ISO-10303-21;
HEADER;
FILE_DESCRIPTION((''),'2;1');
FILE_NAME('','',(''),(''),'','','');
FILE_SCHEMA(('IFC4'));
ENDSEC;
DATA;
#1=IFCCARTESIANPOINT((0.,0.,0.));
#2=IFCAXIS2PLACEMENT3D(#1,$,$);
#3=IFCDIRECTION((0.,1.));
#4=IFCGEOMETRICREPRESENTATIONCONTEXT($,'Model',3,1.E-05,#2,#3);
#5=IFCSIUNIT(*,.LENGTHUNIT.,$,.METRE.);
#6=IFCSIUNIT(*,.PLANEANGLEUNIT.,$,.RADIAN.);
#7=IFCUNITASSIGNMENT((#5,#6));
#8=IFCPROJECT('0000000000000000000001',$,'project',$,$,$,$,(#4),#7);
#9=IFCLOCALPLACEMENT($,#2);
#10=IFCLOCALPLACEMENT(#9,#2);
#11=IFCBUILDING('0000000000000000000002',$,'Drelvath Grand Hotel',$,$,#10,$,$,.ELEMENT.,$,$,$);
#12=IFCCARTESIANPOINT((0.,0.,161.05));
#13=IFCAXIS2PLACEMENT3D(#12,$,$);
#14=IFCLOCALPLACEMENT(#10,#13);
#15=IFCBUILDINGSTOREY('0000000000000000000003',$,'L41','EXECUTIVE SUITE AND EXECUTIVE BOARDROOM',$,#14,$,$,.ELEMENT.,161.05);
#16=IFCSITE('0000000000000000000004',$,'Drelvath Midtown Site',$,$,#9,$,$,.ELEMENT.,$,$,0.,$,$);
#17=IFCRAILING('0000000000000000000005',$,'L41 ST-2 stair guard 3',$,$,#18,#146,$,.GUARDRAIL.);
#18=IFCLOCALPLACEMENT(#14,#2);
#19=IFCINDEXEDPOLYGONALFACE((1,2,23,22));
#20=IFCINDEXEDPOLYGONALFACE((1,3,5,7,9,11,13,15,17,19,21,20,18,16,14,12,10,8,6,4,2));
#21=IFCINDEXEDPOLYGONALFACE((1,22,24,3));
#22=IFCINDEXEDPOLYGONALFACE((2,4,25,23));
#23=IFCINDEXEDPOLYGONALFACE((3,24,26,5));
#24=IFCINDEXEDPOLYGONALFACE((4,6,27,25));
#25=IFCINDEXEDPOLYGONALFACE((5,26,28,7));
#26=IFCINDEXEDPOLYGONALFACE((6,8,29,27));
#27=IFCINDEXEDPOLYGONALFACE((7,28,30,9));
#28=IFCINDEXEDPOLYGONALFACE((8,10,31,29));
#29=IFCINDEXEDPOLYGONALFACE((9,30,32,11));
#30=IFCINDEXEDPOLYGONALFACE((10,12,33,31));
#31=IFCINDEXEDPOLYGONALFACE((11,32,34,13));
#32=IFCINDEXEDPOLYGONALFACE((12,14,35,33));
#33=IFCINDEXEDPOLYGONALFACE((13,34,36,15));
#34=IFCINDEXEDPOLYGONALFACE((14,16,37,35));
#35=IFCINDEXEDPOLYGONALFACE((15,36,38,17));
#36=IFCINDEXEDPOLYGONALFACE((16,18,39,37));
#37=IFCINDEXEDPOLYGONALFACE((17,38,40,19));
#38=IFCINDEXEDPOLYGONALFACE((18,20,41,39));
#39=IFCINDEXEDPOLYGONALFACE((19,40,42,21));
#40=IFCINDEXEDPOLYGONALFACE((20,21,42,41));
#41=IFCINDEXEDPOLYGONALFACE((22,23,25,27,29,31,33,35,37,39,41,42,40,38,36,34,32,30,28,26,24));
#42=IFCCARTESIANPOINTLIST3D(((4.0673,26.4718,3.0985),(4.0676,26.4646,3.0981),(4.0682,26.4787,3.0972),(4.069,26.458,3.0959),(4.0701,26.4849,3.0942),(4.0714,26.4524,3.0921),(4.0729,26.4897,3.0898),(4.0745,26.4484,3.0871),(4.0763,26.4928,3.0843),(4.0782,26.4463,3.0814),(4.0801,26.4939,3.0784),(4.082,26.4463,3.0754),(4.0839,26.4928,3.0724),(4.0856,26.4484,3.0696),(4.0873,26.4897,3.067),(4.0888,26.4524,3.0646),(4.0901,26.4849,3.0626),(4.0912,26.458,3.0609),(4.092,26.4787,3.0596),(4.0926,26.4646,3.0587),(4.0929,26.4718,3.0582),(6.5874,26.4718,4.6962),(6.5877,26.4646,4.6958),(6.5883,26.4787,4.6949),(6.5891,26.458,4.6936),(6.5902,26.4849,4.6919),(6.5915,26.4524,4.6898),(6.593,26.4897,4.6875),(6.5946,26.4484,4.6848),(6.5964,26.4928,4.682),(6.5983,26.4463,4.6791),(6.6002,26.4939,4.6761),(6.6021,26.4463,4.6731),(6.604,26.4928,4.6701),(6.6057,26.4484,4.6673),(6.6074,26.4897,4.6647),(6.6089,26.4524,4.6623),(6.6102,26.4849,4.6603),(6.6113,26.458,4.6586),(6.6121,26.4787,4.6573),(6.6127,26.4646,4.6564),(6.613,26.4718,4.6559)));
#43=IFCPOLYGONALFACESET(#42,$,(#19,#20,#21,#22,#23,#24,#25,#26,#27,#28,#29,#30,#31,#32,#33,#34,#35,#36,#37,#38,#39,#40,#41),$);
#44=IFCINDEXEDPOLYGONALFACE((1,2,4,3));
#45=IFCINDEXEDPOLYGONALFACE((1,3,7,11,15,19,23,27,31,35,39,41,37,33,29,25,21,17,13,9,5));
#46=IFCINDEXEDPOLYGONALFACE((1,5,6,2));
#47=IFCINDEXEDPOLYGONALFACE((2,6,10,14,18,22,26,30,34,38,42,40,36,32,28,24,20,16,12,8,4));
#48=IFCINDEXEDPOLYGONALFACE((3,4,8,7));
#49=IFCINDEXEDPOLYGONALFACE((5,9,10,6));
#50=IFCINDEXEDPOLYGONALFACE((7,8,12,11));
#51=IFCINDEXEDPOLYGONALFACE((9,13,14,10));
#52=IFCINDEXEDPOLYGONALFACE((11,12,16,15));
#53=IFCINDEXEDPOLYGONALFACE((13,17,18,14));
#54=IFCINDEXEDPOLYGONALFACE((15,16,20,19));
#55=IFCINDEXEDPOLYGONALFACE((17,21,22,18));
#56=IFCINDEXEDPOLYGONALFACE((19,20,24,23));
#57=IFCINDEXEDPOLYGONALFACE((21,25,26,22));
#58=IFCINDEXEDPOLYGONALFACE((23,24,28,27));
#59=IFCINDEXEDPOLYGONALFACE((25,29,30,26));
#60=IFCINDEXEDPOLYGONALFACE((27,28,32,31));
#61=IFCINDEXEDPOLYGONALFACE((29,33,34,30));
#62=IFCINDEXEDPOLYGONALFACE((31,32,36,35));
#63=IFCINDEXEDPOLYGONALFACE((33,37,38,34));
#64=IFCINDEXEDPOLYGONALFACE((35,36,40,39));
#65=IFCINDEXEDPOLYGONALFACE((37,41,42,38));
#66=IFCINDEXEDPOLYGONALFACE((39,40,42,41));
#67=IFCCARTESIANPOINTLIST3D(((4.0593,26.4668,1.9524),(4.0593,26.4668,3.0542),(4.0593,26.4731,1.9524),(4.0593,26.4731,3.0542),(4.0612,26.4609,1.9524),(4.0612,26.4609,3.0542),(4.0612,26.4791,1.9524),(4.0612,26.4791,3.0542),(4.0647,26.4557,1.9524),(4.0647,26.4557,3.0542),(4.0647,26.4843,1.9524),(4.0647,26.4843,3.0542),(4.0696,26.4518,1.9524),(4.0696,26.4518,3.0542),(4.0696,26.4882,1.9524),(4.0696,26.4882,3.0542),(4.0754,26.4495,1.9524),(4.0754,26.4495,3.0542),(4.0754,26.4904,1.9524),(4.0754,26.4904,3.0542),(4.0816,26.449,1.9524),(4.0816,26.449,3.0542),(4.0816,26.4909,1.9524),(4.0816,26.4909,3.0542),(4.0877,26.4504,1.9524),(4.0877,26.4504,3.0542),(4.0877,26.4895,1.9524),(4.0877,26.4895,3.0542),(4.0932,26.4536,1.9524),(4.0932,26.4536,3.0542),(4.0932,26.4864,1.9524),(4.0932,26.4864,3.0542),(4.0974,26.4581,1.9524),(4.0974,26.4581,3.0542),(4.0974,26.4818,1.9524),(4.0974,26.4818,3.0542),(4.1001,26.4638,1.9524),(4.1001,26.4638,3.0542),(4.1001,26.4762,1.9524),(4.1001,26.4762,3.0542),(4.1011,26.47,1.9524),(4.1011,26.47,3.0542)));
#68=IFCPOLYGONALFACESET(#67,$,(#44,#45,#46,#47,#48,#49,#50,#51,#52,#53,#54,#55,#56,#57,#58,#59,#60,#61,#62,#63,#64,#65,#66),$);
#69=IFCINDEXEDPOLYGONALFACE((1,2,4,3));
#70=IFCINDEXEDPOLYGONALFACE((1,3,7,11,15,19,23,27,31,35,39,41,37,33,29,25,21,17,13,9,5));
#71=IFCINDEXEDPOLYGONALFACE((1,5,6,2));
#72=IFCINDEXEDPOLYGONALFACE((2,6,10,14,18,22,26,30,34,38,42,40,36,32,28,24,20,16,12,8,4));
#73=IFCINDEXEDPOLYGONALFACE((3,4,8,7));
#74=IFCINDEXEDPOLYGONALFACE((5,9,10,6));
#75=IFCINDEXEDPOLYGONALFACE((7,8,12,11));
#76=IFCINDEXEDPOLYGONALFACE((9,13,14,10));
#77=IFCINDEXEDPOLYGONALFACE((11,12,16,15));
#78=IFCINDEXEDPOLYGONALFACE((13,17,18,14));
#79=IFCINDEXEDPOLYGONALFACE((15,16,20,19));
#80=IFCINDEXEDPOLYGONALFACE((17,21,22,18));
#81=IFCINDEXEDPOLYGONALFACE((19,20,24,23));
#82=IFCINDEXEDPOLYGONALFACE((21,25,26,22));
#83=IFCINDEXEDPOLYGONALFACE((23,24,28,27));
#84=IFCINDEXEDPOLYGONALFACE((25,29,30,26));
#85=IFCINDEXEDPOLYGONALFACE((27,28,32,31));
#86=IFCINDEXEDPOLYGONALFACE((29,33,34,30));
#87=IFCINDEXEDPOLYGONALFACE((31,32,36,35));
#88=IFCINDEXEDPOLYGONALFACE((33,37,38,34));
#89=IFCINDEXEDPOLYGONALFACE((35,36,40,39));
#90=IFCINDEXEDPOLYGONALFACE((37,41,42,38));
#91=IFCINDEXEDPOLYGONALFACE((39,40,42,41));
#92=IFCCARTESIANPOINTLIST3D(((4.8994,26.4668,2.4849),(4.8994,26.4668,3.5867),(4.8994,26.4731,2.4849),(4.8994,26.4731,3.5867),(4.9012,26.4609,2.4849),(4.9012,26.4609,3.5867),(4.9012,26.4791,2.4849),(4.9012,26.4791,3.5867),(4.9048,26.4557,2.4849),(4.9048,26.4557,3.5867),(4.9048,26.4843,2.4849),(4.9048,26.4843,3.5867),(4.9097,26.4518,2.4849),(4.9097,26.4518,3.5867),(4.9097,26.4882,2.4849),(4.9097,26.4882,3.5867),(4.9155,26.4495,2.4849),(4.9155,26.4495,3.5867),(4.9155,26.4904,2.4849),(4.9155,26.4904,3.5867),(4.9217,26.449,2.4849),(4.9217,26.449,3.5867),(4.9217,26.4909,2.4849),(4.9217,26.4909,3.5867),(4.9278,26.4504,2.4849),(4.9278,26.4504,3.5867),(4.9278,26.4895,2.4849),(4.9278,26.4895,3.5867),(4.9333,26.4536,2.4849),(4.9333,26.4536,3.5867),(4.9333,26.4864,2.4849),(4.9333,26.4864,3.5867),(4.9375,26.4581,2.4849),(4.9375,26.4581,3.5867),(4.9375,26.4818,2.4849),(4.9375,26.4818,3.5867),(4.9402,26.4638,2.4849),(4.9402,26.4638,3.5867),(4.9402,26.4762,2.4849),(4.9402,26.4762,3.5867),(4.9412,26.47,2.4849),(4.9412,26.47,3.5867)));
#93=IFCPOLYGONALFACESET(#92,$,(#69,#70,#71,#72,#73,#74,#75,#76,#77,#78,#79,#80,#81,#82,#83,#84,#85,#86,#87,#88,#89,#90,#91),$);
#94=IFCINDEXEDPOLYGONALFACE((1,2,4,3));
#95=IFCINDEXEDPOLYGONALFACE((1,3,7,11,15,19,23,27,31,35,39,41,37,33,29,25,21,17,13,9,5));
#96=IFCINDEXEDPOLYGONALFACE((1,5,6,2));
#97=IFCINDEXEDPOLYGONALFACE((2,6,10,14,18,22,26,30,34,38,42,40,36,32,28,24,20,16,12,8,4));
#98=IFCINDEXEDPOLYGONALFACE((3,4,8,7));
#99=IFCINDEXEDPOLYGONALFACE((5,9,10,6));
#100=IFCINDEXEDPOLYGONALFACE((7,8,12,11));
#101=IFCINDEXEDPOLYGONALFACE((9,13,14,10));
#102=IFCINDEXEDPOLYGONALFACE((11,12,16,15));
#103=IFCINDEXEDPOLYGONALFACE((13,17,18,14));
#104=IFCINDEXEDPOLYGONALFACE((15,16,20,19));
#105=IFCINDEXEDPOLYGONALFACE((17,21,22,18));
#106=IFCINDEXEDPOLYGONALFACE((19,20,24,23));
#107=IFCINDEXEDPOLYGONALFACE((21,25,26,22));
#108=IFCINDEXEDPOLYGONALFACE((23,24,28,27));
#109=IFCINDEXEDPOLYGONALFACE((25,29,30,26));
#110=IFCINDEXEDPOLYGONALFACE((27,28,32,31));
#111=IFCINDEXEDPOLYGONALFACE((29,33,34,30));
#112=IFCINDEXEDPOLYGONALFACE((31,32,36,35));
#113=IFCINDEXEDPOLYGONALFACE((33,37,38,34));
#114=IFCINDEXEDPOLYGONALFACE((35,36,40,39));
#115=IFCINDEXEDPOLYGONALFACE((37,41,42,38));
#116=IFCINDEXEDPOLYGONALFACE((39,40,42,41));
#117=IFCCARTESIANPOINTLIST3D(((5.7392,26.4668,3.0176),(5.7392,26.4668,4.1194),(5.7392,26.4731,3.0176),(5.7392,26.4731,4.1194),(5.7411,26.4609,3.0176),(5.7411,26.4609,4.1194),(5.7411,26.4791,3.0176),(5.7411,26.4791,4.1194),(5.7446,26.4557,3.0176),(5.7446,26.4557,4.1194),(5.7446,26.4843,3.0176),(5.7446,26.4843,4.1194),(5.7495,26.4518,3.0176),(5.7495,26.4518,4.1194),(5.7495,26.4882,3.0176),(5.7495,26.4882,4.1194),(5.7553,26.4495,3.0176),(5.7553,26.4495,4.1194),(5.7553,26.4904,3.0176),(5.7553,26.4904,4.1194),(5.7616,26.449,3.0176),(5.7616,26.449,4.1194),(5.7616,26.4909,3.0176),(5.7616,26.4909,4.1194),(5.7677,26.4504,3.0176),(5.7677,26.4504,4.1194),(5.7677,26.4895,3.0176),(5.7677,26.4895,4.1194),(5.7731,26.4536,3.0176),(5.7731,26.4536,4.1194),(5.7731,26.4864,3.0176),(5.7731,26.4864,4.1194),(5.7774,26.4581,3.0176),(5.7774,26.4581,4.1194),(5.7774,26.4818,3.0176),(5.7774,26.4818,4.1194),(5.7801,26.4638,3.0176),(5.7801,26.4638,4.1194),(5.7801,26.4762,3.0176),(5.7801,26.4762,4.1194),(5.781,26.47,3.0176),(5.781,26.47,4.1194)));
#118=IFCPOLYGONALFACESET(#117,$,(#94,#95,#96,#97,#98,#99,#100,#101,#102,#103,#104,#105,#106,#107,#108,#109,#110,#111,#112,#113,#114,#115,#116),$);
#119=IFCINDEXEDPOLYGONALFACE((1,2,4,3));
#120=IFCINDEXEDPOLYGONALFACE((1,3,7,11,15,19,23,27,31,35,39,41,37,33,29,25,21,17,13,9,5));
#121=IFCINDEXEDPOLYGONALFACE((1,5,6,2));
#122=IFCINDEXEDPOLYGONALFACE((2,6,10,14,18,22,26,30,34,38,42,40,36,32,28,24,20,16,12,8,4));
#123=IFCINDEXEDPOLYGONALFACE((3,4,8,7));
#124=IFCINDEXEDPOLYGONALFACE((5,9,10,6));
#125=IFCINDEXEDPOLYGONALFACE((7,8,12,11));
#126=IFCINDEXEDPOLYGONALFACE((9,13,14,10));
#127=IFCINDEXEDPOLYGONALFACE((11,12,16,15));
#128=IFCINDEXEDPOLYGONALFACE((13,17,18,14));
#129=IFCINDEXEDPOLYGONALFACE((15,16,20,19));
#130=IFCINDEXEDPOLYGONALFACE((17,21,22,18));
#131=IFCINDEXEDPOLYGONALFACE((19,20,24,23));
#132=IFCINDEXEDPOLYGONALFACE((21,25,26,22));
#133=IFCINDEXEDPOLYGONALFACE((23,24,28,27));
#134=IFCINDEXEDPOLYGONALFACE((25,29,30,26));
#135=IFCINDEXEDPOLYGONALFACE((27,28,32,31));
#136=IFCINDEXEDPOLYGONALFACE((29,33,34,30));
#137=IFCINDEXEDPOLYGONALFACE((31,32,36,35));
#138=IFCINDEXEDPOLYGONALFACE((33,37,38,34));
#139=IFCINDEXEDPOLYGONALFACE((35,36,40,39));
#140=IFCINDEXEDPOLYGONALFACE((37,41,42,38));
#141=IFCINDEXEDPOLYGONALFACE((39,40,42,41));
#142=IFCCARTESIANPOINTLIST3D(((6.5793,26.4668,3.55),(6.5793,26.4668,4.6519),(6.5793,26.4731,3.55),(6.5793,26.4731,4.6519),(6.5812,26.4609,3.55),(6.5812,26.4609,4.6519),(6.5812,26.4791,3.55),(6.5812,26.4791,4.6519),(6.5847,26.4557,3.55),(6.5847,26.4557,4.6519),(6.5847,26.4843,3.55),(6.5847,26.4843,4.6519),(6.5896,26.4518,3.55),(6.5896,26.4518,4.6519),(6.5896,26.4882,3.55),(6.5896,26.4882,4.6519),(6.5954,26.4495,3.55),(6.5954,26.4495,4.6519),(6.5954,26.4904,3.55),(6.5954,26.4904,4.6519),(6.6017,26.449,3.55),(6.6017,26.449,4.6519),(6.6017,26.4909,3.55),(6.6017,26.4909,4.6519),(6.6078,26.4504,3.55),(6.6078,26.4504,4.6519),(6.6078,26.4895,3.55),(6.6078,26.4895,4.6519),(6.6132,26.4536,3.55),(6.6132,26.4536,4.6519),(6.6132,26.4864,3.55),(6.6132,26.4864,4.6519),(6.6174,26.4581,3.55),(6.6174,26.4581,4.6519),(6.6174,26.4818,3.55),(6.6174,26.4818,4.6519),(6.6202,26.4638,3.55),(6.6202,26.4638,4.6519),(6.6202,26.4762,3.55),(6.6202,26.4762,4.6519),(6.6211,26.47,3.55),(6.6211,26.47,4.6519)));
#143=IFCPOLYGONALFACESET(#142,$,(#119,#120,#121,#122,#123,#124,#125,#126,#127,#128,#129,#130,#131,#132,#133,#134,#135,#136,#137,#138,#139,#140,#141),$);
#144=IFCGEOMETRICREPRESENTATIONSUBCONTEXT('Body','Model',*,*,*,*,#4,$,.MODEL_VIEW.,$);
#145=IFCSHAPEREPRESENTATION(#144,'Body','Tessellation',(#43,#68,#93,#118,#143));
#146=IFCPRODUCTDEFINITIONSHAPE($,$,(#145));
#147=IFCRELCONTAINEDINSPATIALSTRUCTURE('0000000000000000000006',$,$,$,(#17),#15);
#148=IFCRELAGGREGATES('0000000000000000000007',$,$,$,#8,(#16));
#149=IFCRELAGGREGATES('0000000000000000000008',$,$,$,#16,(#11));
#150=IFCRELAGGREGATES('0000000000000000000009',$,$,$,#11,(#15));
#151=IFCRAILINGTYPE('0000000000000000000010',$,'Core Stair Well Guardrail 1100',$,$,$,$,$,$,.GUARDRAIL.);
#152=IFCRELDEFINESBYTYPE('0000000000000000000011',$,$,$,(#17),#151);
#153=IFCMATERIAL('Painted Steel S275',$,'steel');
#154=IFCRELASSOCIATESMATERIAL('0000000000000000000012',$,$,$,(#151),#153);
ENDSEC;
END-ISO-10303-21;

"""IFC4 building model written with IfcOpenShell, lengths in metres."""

from ifc_helpers import new_model, si_unit, direction, frame, origin, origin_2d, place, context, subcontext, project, spatial, circle, extrude, material, type_object, element, save


model = new_model("IFC4")

# Units and contexts
model_context = context("Model", 3, precision=1e-05, world=origin(), true_north=direction((0.0, 1.0)))
body_context = subcontext(model_context, "Body", "Model", "MODEL_VIEW")
ifc_project = project(units=[si_unit("LENGTHUNIT", "METRE"), si_unit("PLANEANGLEUNIT", "RADIAN")], contexts=[model_context])

# Site, building, storey
site_placement = place(None, origin())
site = spatial("IfcSite", under=ifc_project, at=site_placement, Name="Drelvath Midtown Site", CompositionType="ELEMENT", RefElevation=0.0)
building_placement = place(site_placement, origin())
building = spatial("IfcBuilding", under=site, at=building_placement, Name="Drelvath Grand Hotel", CompositionType="ELEMENT")
storey_placement = place(building_placement, frame((0.0, 0.0, 161.05)))
storey = spatial("IfcBuildingStorey", under=building, at=storey_placement, Name="L41", Description="EXECUTIVE SUITE AND EXECUTIVE BOARDROOM", CompositionType="ELEMENT", Elevation=161.05)

# Railing
ifc_material_1 = material(Name="Painted Steel S275", Category="steel")
railing_type_1 = type_object("IfcRailingType", Name="Core Stair Well Guardrail 1100", PredefinedType="GUARDRAIL", material=ifc_material_1)
railing_1_placement = place(storey_placement, frame((4.0801, 26.47, 1.9524)))
element("IfcRailing", 1, at=railing_1_placement, inside=storey, type_object=railing_type_1, Name="L41 ST-2 stair guard 3", PredefinedType="GUARDRAIL", context=body_context, shape_type="SweptSolid", body=[
    extrude(circle(Radius=0.0239, at=origin_2d()), frame((0.0, 0.0, 1.126), z_axis=(0.84457, 0.0, 0.535445), x_axis=(0.0, 1.0, 0.0)), (0.0, 0.0, 1.0), 2.9839),
    extrude(circle(Radius=0.021, at=origin_2d()), origin(), (0.0, 0.0, 1.0), 1.1018),
    extrude(circle(Radius=0.021, at=origin_2d()), frame((0.8401, 0.0, 0.5325)), (0.0, 0.0, 1.0), 1.1018),
    extrude(circle(Radius=0.021, at=origin_2d()), frame((1.6799, 0.0, 1.0652)), (0.0, 0.0, 1.0), 1.1018),
    extrude(circle(Radius=0.021, at=origin_2d()), frame((2.52, 0.0, 1.5977)), (0.0, 0.0, 1.0), 1.1018),
])

save(model, "model.ifc")
